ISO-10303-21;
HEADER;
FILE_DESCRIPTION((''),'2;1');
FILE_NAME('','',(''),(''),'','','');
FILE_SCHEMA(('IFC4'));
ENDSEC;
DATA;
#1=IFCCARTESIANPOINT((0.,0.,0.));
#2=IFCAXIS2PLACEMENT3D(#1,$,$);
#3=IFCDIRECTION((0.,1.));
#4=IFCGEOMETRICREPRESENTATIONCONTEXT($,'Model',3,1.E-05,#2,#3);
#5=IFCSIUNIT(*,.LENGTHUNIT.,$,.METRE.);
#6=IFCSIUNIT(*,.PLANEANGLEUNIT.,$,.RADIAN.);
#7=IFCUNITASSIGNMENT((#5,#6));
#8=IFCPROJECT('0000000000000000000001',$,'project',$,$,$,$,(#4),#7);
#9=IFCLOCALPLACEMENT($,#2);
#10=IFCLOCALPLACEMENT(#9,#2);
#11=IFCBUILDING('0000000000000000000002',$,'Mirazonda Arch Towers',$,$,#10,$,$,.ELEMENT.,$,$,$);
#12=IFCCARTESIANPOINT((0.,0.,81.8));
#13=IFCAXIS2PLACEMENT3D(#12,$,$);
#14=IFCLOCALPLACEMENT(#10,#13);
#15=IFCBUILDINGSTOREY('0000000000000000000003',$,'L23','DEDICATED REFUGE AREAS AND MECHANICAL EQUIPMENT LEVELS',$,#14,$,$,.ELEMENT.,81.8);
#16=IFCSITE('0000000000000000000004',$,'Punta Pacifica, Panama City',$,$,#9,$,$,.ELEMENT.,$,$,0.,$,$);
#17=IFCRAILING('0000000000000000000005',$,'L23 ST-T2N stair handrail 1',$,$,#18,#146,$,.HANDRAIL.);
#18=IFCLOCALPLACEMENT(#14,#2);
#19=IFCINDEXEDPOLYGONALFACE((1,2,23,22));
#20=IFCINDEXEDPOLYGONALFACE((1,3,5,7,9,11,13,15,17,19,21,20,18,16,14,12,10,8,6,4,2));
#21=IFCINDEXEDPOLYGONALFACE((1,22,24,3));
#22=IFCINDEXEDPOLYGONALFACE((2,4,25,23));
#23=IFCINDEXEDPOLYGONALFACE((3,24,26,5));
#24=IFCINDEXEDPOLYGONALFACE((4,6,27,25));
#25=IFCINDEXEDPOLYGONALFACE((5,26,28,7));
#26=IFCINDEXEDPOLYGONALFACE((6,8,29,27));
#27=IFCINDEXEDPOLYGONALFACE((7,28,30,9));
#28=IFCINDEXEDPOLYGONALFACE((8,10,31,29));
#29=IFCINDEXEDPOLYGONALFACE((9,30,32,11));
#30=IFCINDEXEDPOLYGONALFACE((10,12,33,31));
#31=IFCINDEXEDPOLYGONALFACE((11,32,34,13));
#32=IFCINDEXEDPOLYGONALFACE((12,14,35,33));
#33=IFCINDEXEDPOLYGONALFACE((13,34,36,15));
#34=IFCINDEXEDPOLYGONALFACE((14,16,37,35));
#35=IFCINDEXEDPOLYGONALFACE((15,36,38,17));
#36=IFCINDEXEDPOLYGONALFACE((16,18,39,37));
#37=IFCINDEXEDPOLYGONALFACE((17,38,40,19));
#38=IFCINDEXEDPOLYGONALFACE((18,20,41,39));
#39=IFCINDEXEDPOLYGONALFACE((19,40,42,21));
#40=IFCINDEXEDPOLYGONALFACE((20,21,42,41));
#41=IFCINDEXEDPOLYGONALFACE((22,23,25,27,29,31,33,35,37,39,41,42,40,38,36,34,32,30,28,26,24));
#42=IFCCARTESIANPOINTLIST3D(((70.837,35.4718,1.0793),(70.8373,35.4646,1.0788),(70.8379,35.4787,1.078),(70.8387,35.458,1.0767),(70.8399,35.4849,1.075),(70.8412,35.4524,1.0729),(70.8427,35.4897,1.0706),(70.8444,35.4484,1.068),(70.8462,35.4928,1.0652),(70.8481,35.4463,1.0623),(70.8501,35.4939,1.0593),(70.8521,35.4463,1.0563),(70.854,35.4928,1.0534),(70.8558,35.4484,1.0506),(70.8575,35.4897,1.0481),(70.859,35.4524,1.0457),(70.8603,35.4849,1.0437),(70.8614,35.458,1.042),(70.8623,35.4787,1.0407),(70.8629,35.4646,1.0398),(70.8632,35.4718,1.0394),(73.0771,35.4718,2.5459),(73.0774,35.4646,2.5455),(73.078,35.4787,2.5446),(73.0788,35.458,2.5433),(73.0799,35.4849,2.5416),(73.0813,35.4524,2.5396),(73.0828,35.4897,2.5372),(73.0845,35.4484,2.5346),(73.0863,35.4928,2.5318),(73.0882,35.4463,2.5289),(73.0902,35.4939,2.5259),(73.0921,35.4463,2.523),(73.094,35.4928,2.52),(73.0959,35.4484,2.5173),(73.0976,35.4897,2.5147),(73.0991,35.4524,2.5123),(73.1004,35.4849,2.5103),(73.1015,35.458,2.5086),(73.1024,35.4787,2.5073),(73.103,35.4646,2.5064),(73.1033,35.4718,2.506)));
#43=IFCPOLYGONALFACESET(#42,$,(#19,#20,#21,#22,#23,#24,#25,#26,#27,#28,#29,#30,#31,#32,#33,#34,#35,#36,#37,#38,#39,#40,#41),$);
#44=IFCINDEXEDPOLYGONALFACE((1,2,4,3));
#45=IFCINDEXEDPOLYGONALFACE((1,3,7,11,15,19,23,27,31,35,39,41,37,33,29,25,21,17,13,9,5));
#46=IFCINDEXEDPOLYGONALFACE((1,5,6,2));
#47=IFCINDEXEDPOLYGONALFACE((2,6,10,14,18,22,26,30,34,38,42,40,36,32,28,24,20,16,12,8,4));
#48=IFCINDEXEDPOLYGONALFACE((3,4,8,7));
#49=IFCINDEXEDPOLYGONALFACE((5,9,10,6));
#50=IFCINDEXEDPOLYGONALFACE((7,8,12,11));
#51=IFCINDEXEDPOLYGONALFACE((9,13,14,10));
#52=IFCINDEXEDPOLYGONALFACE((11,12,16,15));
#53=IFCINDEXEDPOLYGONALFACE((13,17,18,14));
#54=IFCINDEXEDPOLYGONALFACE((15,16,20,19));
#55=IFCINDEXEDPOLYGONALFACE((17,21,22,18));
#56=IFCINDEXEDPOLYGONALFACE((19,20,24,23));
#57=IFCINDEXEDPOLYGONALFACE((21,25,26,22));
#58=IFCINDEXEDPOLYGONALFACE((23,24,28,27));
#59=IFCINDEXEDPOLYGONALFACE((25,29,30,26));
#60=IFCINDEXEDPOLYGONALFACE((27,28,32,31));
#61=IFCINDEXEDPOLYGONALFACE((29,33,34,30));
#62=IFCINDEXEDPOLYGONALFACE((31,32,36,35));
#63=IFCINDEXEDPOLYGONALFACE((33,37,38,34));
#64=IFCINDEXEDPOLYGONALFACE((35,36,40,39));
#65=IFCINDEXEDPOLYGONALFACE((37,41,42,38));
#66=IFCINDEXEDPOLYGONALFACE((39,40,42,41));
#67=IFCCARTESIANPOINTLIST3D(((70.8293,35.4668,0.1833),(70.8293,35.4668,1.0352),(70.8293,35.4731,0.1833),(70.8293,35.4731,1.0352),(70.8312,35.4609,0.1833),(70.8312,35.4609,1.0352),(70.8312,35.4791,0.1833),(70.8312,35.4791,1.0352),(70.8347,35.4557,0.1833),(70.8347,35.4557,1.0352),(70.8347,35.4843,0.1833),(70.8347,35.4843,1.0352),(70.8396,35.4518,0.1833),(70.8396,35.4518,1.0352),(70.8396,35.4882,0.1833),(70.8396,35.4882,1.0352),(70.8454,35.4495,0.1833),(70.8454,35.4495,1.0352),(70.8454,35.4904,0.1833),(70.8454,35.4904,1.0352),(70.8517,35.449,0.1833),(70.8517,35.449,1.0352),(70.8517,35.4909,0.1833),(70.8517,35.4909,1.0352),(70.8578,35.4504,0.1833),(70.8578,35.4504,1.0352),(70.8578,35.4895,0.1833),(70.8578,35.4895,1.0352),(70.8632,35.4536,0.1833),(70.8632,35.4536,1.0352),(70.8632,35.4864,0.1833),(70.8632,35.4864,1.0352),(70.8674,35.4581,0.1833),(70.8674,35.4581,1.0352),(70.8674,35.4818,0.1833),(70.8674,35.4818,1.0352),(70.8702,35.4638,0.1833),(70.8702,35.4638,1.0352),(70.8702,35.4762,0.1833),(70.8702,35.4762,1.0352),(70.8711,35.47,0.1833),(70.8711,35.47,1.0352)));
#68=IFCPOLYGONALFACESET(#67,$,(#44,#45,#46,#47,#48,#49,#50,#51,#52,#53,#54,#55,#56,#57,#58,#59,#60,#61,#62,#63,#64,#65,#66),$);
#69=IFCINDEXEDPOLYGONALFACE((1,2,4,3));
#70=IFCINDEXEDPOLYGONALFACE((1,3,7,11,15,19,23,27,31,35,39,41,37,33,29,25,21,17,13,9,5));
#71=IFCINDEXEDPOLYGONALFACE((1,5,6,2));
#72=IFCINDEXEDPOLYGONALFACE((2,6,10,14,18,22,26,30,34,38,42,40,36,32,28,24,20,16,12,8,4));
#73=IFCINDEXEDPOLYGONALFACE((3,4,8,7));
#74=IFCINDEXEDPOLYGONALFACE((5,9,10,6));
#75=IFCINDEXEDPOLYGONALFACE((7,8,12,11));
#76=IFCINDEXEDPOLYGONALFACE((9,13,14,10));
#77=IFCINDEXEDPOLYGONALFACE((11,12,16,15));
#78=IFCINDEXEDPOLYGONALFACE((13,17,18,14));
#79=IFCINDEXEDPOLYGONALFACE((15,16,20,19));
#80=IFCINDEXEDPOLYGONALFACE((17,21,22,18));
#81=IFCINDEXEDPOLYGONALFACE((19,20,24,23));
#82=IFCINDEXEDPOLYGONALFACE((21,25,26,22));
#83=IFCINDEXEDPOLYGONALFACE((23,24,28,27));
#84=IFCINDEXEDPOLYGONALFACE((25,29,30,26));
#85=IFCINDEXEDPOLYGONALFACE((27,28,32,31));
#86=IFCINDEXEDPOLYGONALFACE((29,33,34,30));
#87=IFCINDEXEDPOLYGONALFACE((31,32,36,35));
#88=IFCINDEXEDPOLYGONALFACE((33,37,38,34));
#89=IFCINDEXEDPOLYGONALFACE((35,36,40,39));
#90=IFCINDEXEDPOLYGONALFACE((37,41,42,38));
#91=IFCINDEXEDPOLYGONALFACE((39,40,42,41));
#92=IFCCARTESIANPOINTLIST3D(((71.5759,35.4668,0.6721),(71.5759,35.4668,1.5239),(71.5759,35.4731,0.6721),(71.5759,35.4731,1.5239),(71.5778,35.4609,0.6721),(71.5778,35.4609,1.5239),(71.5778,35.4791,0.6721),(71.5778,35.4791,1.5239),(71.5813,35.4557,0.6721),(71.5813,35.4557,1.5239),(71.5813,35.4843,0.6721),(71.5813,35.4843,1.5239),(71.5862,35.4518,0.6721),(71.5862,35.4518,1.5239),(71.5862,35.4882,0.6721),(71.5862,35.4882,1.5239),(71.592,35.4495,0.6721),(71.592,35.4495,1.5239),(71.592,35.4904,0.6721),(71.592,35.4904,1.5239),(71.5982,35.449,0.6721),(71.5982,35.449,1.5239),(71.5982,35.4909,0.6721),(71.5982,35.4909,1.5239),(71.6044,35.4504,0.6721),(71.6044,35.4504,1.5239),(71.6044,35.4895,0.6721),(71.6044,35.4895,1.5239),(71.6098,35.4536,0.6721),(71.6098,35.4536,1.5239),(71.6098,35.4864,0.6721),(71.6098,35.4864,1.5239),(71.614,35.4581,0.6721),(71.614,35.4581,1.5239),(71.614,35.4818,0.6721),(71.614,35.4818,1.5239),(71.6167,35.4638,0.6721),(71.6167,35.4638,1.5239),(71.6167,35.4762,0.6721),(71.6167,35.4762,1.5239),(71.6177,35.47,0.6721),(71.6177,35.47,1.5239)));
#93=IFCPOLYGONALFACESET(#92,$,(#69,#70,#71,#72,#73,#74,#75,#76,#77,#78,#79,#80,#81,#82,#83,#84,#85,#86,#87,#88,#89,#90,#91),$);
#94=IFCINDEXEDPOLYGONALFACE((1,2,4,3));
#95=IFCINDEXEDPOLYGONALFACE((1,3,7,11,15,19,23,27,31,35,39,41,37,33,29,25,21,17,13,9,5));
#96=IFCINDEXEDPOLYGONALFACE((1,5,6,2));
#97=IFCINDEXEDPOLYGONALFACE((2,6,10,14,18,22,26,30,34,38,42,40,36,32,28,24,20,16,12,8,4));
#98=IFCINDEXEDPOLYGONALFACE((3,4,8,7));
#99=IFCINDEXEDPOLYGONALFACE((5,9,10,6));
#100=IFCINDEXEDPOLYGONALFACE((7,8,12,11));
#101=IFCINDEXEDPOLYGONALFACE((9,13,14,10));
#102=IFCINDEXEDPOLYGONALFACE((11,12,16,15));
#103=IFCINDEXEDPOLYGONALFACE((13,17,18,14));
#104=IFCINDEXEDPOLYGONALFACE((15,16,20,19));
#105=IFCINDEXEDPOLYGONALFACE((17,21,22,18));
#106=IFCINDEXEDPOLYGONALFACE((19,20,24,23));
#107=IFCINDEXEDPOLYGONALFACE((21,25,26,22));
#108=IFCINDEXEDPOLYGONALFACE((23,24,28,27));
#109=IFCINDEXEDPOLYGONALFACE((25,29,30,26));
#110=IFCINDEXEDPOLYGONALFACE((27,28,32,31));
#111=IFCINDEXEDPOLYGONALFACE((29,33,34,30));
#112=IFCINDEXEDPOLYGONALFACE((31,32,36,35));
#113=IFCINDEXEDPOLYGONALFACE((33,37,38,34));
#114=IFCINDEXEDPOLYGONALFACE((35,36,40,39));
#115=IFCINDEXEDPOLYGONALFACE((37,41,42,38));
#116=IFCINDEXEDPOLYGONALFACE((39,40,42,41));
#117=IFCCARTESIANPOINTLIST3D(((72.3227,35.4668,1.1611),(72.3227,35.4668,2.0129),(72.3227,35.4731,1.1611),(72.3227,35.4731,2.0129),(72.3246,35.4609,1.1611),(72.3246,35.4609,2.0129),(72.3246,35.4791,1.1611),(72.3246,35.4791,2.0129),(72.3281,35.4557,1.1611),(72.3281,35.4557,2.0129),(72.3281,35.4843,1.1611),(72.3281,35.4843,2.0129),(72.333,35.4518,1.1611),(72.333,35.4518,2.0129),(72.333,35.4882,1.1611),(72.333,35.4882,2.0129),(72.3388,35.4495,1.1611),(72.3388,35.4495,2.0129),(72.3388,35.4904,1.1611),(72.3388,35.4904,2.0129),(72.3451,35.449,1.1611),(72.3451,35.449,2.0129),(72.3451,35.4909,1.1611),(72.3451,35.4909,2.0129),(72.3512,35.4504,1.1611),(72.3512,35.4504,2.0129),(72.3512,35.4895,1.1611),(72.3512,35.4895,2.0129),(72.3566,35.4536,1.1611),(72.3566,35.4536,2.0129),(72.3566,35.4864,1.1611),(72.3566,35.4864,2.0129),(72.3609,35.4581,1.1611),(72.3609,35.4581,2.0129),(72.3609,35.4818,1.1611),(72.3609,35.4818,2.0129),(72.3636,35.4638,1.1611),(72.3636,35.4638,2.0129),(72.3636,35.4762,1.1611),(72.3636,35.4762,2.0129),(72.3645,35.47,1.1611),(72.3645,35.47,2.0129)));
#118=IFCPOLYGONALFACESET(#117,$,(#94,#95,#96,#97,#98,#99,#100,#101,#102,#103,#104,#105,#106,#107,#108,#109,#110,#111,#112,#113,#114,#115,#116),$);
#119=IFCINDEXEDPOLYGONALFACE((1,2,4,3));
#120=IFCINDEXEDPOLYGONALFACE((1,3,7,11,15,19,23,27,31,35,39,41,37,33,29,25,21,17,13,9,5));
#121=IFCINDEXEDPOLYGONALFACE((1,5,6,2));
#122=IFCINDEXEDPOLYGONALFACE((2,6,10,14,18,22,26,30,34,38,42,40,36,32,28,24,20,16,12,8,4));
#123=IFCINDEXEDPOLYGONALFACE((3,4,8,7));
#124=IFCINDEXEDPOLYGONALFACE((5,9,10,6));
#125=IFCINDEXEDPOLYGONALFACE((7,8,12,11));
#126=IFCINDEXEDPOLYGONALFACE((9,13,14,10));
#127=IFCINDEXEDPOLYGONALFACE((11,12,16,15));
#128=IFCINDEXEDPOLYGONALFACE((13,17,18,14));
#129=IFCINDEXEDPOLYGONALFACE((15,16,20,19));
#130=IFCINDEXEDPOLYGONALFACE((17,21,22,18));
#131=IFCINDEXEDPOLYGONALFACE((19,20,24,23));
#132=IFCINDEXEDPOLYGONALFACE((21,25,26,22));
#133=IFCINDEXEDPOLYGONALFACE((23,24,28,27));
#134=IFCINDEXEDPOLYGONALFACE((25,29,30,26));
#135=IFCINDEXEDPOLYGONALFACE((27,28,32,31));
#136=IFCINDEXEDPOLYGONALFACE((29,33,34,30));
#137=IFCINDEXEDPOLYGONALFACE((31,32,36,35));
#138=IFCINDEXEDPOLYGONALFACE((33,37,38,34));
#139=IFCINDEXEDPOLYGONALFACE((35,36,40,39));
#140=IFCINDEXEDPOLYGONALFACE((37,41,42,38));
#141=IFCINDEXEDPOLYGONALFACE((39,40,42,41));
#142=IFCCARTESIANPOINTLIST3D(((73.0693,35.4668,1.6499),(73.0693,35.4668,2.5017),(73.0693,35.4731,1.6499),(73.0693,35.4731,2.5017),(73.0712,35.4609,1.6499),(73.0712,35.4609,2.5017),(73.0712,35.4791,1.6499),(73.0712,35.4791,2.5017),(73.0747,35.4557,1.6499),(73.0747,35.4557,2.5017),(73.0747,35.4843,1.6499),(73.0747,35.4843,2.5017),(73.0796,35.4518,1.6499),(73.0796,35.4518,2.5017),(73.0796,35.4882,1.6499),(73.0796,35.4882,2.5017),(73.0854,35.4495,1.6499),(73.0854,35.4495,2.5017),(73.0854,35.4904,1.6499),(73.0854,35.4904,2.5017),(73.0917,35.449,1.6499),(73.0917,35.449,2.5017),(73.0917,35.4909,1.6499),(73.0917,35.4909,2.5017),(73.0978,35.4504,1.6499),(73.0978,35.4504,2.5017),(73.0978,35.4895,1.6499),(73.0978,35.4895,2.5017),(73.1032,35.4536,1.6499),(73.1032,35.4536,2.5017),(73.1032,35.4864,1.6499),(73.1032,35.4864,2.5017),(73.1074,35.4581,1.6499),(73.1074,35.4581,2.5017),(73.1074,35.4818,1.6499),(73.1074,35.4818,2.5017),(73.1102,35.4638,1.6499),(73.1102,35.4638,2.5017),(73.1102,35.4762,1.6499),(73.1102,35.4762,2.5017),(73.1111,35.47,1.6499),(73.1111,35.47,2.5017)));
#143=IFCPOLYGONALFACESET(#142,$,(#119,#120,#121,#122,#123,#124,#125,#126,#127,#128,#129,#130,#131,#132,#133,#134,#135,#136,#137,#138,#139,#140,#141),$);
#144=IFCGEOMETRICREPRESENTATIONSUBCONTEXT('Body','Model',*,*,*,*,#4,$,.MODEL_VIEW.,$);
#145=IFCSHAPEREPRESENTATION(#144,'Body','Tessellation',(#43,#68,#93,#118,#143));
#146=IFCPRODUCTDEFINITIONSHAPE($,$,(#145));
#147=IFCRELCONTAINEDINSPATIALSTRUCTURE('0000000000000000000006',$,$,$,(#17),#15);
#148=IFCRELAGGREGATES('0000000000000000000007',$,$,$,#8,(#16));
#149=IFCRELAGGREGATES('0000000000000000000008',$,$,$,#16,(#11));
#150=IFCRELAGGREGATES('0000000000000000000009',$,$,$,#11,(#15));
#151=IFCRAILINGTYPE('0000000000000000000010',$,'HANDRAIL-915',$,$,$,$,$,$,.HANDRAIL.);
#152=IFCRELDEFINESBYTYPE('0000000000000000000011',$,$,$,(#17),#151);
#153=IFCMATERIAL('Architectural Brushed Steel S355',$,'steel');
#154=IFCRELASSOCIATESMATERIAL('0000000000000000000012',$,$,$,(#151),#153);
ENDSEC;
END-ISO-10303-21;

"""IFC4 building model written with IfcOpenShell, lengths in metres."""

from ifc_helpers import new_model, si_unit, direction, frame, origin, origin_2d, place, context, subcontext, project, spatial, circle, extrude, material, type_object, element, save


model = new_model("IFC4")

# Units and contexts
model_context = context("Model", 3, precision=1e-05, world=origin(), true_north=direction((0.0, 1.0)))
body_context = subcontext(model_context, "Body", "Model", "MODEL_VIEW")
ifc_project = project(units=[si_unit("LENGTHUNIT", "METRE"), si_unit("PLANEANGLEUNIT", "RADIAN")], contexts=[model_context])

# Site, building, storey
site_placement = place(None, origin())
site = spatial("IfcSite", under=ifc_project, at=site_placement, Name="Punta Pacifica, Panama City", CompositionType="ELEMENT", RefElevation=0.0)
building_placement = place(site_placement, origin())
building = spatial("IfcBuilding", under=site, at=building_placement, Name="Mirazonda Arch Towers", CompositionType="ELEMENT")
storey_placement = place(building_placement, frame((0.0, 0.0, 81.8)))
storey = spatial("IfcBuildingStorey", under=building, at=storey_placement, Name="L23", Description="DEDICATED REFUGE AREAS AND MECHANICAL EQUIPMENT LEVELS", CompositionType="ELEMENT", Elevation=81.8)

# Shared definitions
ifc_material_1 = material(Name="Architectural Brushed Steel S355", Category="steel")

# Railing
railing_type_1 = type_object("IfcRailingType", Name="HANDRAIL-915", PredefinedType="HANDRAIL", material=ifc_material_1)
railing_1_placement = place(storey_placement, frame((70.8501, 35.47, 0.1833)))
element("IfcRailing", 1, at=railing_1_placement, inside=storey, type_object=railing_type_1, Name="L23 ST-T2N stair handrail 1", PredefinedType="HANDRAIL", context=body_context, shape_type="SweptSolid", body=[
    extrude(circle(Radius=0.0239, at=origin_2d()), frame((0.0, 0.0, 0.876), z_axis=(0.836637, 0.0, 0.547758), x_axis=(0.0, 1.0, 0.0)), (0.0, 0.0, 1.0), 2.6775),
    extrude(circle(Radius=0.021, at=origin_2d()), origin(), (0.0, 0.0, 1.0), 0.8518),
    extrude(circle(Radius=0.021, at=origin_2d()), frame((0.7466, 0.0, 0.4888)), (0.0, 0.0, 1.0), 0.8518),
    extrude(circle(Radius=0.021, at=origin_2d()), frame((1.4934, 0.0, 0.9778)), (0.0, 0.0, 1.0), 0.8518),
    extrude(circle(Radius=0.021, at=origin_2d()), frame((2.24, 0.0, 1.4666)), (0.0, 0.0, 1.0), 0.8518),
])

save(model, "model.ifc")
